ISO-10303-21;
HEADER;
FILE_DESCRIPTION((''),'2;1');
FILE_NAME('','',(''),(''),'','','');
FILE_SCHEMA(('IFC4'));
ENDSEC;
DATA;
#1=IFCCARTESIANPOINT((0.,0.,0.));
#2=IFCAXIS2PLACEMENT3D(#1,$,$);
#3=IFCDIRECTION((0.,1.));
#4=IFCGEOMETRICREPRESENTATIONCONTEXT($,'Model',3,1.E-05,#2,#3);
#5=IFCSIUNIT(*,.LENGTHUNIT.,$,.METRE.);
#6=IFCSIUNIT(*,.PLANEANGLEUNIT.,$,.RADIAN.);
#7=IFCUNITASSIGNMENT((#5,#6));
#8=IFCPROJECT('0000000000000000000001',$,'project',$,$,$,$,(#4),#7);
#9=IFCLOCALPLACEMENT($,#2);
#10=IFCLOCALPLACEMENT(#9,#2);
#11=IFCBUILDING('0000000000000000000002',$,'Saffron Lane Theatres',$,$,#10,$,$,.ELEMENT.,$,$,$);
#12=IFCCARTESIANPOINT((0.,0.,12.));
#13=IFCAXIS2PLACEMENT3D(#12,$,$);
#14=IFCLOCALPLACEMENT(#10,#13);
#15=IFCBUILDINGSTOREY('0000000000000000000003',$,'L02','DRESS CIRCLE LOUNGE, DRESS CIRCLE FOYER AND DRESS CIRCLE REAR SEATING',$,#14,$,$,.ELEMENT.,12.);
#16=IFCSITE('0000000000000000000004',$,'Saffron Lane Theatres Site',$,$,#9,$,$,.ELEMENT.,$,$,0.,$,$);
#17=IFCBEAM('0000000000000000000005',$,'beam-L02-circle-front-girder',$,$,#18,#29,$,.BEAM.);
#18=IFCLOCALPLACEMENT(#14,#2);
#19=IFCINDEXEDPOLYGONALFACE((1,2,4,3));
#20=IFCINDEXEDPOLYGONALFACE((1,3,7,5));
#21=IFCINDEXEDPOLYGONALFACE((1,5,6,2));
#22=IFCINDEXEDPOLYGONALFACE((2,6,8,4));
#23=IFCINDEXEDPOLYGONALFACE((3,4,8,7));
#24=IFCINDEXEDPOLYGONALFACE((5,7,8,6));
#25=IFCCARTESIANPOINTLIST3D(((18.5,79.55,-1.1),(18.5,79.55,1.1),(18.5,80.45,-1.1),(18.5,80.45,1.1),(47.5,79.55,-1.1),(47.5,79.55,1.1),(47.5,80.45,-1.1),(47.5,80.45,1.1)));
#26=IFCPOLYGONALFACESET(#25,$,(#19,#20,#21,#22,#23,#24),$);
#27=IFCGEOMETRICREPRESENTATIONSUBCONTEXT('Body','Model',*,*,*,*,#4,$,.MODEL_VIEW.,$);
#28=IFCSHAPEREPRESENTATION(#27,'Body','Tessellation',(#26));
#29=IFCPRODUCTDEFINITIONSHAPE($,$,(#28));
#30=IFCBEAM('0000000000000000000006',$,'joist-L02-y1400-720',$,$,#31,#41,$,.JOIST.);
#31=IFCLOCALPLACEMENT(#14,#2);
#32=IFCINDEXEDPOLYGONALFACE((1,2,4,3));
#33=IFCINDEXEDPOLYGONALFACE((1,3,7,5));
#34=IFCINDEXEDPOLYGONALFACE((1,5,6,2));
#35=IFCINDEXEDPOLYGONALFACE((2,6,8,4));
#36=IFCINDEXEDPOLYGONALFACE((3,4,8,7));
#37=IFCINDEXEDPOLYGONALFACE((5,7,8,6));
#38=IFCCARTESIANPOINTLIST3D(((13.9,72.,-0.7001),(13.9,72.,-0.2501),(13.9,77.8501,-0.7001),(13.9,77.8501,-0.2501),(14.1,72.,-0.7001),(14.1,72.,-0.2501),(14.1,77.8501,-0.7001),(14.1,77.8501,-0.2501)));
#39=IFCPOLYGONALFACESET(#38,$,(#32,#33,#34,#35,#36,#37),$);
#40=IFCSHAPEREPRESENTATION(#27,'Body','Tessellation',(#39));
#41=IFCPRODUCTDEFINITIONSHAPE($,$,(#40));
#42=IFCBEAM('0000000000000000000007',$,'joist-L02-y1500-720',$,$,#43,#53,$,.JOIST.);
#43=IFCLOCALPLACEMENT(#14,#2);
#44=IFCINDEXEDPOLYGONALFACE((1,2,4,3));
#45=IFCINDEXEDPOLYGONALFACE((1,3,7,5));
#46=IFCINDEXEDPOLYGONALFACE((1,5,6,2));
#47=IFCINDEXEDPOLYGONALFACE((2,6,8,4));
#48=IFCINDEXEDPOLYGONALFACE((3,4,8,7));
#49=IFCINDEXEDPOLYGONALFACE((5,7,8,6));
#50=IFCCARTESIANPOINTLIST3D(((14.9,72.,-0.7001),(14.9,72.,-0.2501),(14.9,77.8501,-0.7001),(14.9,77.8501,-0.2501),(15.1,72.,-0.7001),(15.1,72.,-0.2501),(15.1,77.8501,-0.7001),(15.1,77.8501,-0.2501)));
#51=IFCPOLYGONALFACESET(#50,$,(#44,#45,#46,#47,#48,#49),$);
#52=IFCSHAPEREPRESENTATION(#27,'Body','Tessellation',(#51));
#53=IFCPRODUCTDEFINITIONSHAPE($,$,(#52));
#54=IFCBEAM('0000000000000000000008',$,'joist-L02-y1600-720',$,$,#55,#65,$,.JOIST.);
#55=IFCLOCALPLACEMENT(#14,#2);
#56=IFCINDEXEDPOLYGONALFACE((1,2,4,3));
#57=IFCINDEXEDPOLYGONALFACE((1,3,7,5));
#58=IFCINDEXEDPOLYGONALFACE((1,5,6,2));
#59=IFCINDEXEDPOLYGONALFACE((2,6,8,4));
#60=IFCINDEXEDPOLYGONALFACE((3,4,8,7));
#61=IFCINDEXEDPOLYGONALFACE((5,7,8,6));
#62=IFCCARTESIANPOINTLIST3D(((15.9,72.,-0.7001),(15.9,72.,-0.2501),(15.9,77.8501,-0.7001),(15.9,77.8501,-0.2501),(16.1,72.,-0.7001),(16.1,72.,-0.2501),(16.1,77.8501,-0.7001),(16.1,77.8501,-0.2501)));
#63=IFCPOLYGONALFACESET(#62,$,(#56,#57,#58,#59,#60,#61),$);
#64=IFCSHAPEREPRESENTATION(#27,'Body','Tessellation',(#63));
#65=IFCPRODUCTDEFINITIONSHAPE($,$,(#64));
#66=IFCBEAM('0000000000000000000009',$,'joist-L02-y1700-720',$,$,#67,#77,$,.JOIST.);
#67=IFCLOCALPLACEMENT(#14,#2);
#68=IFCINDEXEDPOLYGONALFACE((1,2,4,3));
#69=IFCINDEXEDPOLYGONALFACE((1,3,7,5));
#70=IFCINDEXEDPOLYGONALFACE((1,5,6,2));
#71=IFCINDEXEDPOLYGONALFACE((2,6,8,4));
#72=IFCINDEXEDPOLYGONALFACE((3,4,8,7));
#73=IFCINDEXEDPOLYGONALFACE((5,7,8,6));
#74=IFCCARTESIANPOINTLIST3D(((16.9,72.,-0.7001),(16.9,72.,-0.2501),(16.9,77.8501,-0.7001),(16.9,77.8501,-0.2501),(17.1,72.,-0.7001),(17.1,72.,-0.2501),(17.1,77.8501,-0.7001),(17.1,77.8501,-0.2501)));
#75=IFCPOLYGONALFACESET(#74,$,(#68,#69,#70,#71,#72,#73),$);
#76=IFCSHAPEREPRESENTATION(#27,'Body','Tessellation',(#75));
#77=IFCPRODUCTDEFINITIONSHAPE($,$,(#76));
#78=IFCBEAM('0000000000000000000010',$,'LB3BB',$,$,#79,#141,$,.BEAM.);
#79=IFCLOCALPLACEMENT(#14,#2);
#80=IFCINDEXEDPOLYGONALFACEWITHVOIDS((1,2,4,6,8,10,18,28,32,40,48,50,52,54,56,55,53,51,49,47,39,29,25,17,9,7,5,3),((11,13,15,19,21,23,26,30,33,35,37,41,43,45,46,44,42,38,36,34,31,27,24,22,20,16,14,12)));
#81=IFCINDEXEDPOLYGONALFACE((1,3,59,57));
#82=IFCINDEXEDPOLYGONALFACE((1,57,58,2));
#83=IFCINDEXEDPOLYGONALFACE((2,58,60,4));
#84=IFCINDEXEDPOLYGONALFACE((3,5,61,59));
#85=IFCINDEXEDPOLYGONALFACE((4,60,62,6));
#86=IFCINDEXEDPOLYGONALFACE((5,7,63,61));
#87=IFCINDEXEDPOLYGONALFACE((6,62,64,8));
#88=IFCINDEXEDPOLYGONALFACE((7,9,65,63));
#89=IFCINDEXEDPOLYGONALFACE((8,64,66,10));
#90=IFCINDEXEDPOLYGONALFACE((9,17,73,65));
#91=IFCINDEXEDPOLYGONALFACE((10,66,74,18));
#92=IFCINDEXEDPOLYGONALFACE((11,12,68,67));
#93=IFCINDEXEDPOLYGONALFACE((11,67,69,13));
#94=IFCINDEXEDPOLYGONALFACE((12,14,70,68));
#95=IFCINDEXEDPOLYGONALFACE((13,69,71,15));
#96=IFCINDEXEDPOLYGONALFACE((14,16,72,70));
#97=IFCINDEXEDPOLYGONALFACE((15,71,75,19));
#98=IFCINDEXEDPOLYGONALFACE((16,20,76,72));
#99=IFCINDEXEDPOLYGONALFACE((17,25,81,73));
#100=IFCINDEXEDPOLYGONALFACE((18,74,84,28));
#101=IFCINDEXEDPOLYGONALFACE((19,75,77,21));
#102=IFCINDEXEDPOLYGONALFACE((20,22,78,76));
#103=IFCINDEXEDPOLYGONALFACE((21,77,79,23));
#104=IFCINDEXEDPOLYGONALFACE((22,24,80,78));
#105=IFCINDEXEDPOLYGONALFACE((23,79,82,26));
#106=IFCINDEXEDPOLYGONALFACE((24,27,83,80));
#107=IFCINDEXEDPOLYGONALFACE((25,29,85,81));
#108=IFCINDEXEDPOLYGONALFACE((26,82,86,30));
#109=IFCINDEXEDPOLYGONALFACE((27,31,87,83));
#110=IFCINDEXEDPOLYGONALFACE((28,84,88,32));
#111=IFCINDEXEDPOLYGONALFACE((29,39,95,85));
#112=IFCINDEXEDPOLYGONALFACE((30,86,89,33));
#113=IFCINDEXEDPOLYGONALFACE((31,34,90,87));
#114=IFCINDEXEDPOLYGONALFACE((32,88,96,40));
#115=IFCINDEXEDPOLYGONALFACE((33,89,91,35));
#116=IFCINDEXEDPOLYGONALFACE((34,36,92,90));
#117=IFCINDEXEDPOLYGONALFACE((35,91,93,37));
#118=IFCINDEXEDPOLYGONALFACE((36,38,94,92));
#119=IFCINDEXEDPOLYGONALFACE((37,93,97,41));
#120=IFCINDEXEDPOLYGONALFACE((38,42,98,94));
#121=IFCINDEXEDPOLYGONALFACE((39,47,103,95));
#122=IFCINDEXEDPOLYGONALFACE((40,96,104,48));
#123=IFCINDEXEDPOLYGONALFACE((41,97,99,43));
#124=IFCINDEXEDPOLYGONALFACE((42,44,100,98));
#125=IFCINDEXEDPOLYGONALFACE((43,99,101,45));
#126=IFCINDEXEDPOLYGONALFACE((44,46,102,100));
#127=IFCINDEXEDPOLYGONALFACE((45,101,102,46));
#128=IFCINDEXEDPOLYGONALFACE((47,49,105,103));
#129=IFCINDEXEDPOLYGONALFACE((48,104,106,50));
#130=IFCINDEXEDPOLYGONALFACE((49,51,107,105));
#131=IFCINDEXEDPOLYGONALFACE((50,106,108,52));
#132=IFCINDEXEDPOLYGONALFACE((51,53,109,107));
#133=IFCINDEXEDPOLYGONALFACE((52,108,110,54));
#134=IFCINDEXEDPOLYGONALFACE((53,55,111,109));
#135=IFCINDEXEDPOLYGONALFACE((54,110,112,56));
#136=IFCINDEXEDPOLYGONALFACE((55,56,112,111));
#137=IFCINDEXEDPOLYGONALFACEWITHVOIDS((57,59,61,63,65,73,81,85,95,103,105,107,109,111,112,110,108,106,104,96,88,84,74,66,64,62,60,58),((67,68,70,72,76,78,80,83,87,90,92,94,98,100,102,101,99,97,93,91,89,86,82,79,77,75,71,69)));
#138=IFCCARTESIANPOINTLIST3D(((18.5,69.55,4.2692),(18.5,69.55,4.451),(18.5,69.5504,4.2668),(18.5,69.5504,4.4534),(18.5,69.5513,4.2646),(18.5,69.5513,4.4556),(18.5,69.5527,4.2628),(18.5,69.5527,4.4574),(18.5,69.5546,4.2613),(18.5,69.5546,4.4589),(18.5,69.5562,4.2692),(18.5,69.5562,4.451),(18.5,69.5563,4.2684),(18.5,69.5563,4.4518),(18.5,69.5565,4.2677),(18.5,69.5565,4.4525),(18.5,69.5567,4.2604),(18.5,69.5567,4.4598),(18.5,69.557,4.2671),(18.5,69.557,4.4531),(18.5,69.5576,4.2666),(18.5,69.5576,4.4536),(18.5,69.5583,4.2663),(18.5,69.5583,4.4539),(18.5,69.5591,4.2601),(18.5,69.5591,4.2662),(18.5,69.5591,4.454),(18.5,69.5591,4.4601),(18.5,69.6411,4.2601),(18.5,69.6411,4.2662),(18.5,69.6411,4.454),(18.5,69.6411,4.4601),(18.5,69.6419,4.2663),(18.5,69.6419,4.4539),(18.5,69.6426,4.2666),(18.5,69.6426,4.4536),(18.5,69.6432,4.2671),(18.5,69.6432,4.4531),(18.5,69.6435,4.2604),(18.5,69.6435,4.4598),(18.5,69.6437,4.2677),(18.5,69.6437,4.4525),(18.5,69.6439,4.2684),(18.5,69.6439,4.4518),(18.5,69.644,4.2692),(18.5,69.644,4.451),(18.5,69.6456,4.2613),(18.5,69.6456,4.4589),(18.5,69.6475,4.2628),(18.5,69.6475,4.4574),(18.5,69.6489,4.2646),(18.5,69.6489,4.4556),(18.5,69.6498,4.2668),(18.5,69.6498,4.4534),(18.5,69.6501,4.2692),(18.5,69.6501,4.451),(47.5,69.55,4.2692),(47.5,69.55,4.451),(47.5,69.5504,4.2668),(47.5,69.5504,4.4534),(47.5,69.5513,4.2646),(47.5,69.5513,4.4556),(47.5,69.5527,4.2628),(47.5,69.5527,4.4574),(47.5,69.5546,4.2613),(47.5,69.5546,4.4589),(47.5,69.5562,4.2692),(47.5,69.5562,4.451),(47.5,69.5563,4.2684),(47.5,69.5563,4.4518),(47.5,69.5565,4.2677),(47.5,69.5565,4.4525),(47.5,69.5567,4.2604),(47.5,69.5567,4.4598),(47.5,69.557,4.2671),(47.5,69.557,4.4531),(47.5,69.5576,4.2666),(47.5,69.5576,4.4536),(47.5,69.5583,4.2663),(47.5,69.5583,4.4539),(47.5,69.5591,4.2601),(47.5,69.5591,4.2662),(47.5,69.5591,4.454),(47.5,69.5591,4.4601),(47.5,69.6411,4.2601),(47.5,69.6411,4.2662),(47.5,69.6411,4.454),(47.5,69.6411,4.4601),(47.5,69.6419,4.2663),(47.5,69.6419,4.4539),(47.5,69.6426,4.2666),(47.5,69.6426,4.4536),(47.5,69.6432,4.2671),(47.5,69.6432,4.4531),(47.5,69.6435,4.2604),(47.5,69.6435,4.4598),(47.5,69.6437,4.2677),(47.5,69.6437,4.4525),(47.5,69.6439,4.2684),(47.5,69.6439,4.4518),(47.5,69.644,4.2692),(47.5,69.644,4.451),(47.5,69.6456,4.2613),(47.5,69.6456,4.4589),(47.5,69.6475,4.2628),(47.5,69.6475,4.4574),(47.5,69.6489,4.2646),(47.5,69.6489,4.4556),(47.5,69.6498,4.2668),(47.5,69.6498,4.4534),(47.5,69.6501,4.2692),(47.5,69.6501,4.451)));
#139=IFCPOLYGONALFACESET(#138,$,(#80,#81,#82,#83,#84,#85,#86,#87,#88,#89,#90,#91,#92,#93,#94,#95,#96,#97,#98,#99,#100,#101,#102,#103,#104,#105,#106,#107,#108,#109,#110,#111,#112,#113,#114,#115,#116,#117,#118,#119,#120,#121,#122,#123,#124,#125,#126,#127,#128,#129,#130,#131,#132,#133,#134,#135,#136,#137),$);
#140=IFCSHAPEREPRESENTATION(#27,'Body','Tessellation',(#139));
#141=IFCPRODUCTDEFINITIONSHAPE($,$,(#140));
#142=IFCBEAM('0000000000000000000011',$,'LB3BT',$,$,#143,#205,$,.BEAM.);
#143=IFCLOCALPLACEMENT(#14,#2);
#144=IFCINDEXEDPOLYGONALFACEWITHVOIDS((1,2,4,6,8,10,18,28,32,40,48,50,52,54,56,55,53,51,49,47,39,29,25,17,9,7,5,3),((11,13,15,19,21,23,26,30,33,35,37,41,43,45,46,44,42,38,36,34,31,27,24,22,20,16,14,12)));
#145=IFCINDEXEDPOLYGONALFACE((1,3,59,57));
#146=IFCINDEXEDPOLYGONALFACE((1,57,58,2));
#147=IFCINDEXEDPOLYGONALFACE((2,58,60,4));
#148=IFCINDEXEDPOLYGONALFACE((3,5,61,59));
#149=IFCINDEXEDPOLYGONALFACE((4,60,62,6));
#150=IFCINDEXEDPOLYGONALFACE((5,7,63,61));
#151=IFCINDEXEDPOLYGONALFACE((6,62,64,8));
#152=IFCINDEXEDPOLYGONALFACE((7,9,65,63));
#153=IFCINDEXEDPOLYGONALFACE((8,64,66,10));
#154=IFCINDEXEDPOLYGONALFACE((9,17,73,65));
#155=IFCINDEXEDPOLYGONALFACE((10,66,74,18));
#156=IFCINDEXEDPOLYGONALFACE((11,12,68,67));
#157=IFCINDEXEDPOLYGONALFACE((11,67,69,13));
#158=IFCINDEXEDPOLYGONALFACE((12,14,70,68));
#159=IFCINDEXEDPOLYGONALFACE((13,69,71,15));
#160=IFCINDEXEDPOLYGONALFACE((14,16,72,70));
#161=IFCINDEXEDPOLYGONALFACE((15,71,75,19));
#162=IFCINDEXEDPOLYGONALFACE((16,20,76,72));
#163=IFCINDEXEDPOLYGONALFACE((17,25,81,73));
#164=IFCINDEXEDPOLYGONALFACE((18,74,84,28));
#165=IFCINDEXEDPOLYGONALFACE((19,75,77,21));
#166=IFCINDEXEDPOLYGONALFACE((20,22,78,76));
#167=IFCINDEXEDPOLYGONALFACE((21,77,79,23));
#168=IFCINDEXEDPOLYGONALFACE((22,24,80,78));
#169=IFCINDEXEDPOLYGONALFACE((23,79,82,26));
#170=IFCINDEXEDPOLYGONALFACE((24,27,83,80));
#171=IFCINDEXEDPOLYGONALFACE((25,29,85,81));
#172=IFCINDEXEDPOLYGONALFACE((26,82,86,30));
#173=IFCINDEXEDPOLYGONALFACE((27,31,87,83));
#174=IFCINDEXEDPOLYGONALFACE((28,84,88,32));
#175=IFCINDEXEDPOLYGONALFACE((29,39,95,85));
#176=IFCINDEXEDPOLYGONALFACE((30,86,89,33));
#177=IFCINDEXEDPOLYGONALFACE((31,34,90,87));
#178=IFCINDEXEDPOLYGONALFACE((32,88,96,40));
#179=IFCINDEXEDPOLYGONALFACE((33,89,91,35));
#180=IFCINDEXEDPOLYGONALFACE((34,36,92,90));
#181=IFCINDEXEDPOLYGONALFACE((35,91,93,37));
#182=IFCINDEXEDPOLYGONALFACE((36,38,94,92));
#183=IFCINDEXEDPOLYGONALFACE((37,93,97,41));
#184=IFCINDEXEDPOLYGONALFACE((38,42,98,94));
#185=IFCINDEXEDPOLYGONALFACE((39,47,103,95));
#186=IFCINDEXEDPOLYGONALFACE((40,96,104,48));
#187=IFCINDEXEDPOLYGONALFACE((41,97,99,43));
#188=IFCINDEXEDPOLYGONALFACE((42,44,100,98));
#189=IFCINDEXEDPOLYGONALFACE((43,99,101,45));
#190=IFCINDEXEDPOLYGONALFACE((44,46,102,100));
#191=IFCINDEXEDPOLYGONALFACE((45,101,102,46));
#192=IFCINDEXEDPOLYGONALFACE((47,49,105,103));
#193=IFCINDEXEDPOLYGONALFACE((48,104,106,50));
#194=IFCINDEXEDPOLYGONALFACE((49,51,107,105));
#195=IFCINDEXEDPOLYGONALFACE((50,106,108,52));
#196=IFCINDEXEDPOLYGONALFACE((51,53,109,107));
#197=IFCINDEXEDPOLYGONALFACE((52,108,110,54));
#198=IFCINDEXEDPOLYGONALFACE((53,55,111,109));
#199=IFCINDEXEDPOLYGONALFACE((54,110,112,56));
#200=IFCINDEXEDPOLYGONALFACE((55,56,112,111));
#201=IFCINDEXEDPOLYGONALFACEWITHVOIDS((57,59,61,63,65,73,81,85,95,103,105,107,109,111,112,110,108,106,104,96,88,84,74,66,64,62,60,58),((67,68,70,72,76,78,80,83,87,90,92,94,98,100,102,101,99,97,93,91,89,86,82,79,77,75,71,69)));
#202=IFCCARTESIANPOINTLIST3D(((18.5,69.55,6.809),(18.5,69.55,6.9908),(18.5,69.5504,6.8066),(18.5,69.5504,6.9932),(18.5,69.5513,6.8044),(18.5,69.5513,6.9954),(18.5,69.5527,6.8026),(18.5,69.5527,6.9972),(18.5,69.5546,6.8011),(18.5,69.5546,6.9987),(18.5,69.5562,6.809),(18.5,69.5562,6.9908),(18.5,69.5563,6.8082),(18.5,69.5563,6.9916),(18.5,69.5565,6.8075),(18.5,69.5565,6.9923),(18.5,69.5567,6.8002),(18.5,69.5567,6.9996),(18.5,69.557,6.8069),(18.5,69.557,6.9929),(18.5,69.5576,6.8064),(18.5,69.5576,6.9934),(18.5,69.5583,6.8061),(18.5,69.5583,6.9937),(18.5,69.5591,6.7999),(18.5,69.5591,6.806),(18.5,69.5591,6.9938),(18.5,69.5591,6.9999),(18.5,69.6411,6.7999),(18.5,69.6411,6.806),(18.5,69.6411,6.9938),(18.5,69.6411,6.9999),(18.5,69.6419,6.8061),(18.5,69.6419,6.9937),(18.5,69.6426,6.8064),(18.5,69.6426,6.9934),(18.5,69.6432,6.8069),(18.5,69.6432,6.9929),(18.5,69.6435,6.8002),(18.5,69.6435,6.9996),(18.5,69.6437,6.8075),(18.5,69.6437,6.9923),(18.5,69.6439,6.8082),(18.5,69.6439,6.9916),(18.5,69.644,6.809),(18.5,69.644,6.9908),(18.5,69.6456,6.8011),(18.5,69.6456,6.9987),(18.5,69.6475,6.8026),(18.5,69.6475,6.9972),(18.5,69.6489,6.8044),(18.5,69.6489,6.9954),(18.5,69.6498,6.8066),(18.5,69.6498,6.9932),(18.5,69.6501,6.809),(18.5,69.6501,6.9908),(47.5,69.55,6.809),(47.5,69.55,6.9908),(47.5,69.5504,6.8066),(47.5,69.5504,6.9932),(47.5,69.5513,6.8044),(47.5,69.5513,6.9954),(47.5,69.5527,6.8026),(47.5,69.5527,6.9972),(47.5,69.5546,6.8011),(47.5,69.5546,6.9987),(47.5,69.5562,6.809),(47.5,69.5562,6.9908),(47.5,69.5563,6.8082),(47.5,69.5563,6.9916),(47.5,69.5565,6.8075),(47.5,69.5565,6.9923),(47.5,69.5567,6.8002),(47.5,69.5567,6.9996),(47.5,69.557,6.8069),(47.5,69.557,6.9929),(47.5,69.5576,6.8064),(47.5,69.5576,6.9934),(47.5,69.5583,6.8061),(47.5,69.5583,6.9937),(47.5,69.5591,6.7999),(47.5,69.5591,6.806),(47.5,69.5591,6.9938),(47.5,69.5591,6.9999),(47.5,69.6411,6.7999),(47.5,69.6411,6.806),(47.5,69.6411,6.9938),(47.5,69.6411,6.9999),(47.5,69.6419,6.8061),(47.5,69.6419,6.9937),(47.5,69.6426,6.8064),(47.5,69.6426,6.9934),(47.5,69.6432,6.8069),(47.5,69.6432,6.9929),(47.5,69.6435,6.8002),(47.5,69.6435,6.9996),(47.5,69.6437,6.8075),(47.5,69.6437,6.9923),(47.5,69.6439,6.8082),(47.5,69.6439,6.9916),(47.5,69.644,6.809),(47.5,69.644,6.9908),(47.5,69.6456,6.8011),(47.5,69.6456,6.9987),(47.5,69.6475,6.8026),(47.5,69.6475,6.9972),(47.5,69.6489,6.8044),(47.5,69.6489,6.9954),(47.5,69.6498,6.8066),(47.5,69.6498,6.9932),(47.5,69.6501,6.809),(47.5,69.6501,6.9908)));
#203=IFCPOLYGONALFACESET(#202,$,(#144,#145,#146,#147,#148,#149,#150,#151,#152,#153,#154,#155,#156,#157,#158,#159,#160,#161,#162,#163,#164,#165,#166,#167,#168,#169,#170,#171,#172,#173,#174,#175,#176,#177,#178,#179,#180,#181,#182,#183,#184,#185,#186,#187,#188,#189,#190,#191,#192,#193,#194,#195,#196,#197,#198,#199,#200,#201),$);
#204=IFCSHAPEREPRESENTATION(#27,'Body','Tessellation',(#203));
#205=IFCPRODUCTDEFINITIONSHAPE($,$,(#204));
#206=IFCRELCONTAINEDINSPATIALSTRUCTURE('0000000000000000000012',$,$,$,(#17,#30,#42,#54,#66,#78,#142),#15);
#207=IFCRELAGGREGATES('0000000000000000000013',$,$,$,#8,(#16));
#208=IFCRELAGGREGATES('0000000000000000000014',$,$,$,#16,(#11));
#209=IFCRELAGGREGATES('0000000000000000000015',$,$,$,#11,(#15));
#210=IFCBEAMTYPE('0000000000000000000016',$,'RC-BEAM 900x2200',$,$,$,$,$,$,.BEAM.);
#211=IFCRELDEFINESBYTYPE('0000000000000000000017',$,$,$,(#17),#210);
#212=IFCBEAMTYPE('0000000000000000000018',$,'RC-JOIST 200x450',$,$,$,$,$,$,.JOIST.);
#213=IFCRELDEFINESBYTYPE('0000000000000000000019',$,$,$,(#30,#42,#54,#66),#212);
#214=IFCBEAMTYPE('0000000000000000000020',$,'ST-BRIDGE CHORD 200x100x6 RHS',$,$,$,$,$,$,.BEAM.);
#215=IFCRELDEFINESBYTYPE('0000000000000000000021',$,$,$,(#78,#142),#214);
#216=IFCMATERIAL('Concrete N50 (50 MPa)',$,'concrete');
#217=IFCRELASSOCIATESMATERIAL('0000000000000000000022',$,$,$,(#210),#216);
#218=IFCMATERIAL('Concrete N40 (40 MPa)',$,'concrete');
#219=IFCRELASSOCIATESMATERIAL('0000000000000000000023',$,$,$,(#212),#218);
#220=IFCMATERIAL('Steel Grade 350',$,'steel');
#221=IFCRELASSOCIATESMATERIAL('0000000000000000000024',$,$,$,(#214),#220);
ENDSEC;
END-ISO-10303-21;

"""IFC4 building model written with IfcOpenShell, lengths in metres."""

from ifc_helpers import new_model, si_unit, direction, frame, origin, origin_2d, place, context, subcontext, project, spatial, rectangle, hollow_rectangle, extrude, material, material_profile, profile_set, type_object, element, save


model = new_model("IFC4")

# Units and contexts
model_context = context("Model", 3, precision=1e-05, world=origin(), true_north=direction((0.0, 1.0)))
body_context = subcontext(model_context, "Body", "Model", "MODEL_VIEW")
ifc_project = project(units=[si_unit("LENGTHUNIT", "METRE"), si_unit("PLANEANGLEUNIT", "RADIAN")], contexts=[model_context])

# Site, building, storey
site_placement = place(None, origin())
site = spatial("IfcSite", under=ifc_project, at=site_placement, Name="Saffron Lane Theatres Site", CompositionType="ELEMENT", RefElevation=0.0)
building_placement = place(site_placement, origin())
building = spatial("IfcBuilding", under=site, at=building_placement, Name="Saffron Lane Theatres", CompositionType="ELEMENT")
storey_placement = place(building_placement, frame((0.0, 0.0, 12.0)))
storey = spatial("IfcBuildingStorey", under=building, at=storey_placement, Name="L02", Description="DRESS CIRCLE LOUNGE, DRESS CIRCLE FOYER AND DRESS CIRCLE REAR SEATING", CompositionType="ELEMENT", Elevation=12.0)

# Beams
ifc_material_1 = material(Name="Concrete N50 (50 MPa)", Category="concrete")
ifc_material_profile_1 = material_profile(ifc_material_1, rectangle(XDim=0.8999, YDim=2.2, at=origin_2d()))
ifc_profile_set_1 = profile_set([ifc_material_profile_1], Name="Concrete N50 (50 MPa)")
beam_type_1 = type_object("IfcBeamType", Name="RC-BEAM 900x2200", PredefinedType="BEAM", material=ifc_profile_set_1)
beam_placement = place(storey_placement, frame((18.5, 80.0, 0.0), z_axis=(1.0, 0.0, 0.0), x_axis=(0.0, 1.0, 0.0)))
element("IfcBeam", 1, at=beam_placement, inside=storey, type_object=beam_type_1, Name="beam-L02-circle-front-girder", PredefinedType="BEAM", context=body_context, shape_type="SweptSolid", body=[
    extrude(rectangle(XDim=0.8999, YDim=2.2, at=origin_2d()), origin(), (0.0, 0.0, 1.0), 29.0),
])
ifc_material_2 = material(Name="Concrete N40 (40 MPa)", Category="concrete")
ifc_material_profile_2 = material_profile(ifc_material_2, rectangle(XDim=0.2, YDim=0.45, at=origin_2d()))
ifc_profile_set_2 = profile_set([ifc_material_profile_2], Name="Concrete N40 (40 MPa)")
beam_type_2 = type_object("IfcBeamType", Name="RC-JOIST 200x450", PredefinedType="JOIST", material=ifc_profile_set_2)
for number, where, z_axis, x_axis, name in (
    (2, (14.0, 72.0, -0.4751), (0.0, 1.0, 0.0), (-1.0, 0.0, 0.0), "joist-L02-y1400-720"),
    (3, (15.0, 72.0, -0.4751), (0.0, 1.0, 0.0), (-1.0, 0.0, 0.0), "joist-L02-y1500-720"),
    (4, (16.0, 72.0, -0.4751), (0.0, 1.0, 0.0), (-1.0, 0.0, 0.0), "joist-L02-y1600-720"),
    (5, (17.0, 72.0, -0.4751), (0.0, 1.0, 0.0), (-1.0, 0.0, 0.0), "joist-L02-y1700-720"),
):
    element("IfcBeam", number, at=place(storey_placement, frame(where, z_axis=z_axis, x_axis=x_axis)), inside=storey, type_object=beam_type_2, Name=name, PredefinedType="JOIST", context=body_context, shape_type="SweptSolid", body=[
        extrude(rectangle(XDim=0.2, YDim=0.45, at=origin_2d()), origin(), (0.0, 0.0, 1.0), 5.8501),
    ])
ifc_material_3 = material(Name="Steel Grade 350", Category="steel")
ifc_material_profile_3 = material_profile(ifc_material_3, hollow_rectangle(XDim=0.1001, YDim=0.2, WallThickness=0.0061, InnerFilletRadius=0.0029, OuterFilletRadius=0.009, at=origin_2d()))
ifc_profile_set_3 = profile_set([ifc_material_profile_3], Name="Steel Grade 350")
beam_type_3 = type_object("IfcBeamType", Name="ST-BRIDGE CHORD 200x100x6 RHS", PredefinedType="BEAM", material=ifc_profile_set_3)
for number, where, z_axis, x_axis, name in (
    (6, (18.5, 69.6001, 4.3601), (1.0, 0.0, 0.0), (0.0, 1.0, 0.0), "LB3BB"),
    (7, (18.5, 69.6001, 6.8999), (1.0, 0.0, 0.0), (0.0, 1.0, 0.0), "LB3BT"),
):
    element("IfcBeam", number, at=place(storey_placement, frame(where, z_axis=z_axis, x_axis=x_axis)), inside=storey, type_object=beam_type_3, Name=name, PredefinedType="BEAM", context=body_context, shape_type="SweptSolid", body=[
        extrude(hollow_rectangle(XDim=0.1001, YDim=0.2, WallThickness=0.0061, InnerFilletRadius=0.0029, OuterFilletRadius=0.009, at=origin_2d()), origin(), (0.0, 0.0, 1.0), 29.0),
    ])

save(model, "model.ifc")
